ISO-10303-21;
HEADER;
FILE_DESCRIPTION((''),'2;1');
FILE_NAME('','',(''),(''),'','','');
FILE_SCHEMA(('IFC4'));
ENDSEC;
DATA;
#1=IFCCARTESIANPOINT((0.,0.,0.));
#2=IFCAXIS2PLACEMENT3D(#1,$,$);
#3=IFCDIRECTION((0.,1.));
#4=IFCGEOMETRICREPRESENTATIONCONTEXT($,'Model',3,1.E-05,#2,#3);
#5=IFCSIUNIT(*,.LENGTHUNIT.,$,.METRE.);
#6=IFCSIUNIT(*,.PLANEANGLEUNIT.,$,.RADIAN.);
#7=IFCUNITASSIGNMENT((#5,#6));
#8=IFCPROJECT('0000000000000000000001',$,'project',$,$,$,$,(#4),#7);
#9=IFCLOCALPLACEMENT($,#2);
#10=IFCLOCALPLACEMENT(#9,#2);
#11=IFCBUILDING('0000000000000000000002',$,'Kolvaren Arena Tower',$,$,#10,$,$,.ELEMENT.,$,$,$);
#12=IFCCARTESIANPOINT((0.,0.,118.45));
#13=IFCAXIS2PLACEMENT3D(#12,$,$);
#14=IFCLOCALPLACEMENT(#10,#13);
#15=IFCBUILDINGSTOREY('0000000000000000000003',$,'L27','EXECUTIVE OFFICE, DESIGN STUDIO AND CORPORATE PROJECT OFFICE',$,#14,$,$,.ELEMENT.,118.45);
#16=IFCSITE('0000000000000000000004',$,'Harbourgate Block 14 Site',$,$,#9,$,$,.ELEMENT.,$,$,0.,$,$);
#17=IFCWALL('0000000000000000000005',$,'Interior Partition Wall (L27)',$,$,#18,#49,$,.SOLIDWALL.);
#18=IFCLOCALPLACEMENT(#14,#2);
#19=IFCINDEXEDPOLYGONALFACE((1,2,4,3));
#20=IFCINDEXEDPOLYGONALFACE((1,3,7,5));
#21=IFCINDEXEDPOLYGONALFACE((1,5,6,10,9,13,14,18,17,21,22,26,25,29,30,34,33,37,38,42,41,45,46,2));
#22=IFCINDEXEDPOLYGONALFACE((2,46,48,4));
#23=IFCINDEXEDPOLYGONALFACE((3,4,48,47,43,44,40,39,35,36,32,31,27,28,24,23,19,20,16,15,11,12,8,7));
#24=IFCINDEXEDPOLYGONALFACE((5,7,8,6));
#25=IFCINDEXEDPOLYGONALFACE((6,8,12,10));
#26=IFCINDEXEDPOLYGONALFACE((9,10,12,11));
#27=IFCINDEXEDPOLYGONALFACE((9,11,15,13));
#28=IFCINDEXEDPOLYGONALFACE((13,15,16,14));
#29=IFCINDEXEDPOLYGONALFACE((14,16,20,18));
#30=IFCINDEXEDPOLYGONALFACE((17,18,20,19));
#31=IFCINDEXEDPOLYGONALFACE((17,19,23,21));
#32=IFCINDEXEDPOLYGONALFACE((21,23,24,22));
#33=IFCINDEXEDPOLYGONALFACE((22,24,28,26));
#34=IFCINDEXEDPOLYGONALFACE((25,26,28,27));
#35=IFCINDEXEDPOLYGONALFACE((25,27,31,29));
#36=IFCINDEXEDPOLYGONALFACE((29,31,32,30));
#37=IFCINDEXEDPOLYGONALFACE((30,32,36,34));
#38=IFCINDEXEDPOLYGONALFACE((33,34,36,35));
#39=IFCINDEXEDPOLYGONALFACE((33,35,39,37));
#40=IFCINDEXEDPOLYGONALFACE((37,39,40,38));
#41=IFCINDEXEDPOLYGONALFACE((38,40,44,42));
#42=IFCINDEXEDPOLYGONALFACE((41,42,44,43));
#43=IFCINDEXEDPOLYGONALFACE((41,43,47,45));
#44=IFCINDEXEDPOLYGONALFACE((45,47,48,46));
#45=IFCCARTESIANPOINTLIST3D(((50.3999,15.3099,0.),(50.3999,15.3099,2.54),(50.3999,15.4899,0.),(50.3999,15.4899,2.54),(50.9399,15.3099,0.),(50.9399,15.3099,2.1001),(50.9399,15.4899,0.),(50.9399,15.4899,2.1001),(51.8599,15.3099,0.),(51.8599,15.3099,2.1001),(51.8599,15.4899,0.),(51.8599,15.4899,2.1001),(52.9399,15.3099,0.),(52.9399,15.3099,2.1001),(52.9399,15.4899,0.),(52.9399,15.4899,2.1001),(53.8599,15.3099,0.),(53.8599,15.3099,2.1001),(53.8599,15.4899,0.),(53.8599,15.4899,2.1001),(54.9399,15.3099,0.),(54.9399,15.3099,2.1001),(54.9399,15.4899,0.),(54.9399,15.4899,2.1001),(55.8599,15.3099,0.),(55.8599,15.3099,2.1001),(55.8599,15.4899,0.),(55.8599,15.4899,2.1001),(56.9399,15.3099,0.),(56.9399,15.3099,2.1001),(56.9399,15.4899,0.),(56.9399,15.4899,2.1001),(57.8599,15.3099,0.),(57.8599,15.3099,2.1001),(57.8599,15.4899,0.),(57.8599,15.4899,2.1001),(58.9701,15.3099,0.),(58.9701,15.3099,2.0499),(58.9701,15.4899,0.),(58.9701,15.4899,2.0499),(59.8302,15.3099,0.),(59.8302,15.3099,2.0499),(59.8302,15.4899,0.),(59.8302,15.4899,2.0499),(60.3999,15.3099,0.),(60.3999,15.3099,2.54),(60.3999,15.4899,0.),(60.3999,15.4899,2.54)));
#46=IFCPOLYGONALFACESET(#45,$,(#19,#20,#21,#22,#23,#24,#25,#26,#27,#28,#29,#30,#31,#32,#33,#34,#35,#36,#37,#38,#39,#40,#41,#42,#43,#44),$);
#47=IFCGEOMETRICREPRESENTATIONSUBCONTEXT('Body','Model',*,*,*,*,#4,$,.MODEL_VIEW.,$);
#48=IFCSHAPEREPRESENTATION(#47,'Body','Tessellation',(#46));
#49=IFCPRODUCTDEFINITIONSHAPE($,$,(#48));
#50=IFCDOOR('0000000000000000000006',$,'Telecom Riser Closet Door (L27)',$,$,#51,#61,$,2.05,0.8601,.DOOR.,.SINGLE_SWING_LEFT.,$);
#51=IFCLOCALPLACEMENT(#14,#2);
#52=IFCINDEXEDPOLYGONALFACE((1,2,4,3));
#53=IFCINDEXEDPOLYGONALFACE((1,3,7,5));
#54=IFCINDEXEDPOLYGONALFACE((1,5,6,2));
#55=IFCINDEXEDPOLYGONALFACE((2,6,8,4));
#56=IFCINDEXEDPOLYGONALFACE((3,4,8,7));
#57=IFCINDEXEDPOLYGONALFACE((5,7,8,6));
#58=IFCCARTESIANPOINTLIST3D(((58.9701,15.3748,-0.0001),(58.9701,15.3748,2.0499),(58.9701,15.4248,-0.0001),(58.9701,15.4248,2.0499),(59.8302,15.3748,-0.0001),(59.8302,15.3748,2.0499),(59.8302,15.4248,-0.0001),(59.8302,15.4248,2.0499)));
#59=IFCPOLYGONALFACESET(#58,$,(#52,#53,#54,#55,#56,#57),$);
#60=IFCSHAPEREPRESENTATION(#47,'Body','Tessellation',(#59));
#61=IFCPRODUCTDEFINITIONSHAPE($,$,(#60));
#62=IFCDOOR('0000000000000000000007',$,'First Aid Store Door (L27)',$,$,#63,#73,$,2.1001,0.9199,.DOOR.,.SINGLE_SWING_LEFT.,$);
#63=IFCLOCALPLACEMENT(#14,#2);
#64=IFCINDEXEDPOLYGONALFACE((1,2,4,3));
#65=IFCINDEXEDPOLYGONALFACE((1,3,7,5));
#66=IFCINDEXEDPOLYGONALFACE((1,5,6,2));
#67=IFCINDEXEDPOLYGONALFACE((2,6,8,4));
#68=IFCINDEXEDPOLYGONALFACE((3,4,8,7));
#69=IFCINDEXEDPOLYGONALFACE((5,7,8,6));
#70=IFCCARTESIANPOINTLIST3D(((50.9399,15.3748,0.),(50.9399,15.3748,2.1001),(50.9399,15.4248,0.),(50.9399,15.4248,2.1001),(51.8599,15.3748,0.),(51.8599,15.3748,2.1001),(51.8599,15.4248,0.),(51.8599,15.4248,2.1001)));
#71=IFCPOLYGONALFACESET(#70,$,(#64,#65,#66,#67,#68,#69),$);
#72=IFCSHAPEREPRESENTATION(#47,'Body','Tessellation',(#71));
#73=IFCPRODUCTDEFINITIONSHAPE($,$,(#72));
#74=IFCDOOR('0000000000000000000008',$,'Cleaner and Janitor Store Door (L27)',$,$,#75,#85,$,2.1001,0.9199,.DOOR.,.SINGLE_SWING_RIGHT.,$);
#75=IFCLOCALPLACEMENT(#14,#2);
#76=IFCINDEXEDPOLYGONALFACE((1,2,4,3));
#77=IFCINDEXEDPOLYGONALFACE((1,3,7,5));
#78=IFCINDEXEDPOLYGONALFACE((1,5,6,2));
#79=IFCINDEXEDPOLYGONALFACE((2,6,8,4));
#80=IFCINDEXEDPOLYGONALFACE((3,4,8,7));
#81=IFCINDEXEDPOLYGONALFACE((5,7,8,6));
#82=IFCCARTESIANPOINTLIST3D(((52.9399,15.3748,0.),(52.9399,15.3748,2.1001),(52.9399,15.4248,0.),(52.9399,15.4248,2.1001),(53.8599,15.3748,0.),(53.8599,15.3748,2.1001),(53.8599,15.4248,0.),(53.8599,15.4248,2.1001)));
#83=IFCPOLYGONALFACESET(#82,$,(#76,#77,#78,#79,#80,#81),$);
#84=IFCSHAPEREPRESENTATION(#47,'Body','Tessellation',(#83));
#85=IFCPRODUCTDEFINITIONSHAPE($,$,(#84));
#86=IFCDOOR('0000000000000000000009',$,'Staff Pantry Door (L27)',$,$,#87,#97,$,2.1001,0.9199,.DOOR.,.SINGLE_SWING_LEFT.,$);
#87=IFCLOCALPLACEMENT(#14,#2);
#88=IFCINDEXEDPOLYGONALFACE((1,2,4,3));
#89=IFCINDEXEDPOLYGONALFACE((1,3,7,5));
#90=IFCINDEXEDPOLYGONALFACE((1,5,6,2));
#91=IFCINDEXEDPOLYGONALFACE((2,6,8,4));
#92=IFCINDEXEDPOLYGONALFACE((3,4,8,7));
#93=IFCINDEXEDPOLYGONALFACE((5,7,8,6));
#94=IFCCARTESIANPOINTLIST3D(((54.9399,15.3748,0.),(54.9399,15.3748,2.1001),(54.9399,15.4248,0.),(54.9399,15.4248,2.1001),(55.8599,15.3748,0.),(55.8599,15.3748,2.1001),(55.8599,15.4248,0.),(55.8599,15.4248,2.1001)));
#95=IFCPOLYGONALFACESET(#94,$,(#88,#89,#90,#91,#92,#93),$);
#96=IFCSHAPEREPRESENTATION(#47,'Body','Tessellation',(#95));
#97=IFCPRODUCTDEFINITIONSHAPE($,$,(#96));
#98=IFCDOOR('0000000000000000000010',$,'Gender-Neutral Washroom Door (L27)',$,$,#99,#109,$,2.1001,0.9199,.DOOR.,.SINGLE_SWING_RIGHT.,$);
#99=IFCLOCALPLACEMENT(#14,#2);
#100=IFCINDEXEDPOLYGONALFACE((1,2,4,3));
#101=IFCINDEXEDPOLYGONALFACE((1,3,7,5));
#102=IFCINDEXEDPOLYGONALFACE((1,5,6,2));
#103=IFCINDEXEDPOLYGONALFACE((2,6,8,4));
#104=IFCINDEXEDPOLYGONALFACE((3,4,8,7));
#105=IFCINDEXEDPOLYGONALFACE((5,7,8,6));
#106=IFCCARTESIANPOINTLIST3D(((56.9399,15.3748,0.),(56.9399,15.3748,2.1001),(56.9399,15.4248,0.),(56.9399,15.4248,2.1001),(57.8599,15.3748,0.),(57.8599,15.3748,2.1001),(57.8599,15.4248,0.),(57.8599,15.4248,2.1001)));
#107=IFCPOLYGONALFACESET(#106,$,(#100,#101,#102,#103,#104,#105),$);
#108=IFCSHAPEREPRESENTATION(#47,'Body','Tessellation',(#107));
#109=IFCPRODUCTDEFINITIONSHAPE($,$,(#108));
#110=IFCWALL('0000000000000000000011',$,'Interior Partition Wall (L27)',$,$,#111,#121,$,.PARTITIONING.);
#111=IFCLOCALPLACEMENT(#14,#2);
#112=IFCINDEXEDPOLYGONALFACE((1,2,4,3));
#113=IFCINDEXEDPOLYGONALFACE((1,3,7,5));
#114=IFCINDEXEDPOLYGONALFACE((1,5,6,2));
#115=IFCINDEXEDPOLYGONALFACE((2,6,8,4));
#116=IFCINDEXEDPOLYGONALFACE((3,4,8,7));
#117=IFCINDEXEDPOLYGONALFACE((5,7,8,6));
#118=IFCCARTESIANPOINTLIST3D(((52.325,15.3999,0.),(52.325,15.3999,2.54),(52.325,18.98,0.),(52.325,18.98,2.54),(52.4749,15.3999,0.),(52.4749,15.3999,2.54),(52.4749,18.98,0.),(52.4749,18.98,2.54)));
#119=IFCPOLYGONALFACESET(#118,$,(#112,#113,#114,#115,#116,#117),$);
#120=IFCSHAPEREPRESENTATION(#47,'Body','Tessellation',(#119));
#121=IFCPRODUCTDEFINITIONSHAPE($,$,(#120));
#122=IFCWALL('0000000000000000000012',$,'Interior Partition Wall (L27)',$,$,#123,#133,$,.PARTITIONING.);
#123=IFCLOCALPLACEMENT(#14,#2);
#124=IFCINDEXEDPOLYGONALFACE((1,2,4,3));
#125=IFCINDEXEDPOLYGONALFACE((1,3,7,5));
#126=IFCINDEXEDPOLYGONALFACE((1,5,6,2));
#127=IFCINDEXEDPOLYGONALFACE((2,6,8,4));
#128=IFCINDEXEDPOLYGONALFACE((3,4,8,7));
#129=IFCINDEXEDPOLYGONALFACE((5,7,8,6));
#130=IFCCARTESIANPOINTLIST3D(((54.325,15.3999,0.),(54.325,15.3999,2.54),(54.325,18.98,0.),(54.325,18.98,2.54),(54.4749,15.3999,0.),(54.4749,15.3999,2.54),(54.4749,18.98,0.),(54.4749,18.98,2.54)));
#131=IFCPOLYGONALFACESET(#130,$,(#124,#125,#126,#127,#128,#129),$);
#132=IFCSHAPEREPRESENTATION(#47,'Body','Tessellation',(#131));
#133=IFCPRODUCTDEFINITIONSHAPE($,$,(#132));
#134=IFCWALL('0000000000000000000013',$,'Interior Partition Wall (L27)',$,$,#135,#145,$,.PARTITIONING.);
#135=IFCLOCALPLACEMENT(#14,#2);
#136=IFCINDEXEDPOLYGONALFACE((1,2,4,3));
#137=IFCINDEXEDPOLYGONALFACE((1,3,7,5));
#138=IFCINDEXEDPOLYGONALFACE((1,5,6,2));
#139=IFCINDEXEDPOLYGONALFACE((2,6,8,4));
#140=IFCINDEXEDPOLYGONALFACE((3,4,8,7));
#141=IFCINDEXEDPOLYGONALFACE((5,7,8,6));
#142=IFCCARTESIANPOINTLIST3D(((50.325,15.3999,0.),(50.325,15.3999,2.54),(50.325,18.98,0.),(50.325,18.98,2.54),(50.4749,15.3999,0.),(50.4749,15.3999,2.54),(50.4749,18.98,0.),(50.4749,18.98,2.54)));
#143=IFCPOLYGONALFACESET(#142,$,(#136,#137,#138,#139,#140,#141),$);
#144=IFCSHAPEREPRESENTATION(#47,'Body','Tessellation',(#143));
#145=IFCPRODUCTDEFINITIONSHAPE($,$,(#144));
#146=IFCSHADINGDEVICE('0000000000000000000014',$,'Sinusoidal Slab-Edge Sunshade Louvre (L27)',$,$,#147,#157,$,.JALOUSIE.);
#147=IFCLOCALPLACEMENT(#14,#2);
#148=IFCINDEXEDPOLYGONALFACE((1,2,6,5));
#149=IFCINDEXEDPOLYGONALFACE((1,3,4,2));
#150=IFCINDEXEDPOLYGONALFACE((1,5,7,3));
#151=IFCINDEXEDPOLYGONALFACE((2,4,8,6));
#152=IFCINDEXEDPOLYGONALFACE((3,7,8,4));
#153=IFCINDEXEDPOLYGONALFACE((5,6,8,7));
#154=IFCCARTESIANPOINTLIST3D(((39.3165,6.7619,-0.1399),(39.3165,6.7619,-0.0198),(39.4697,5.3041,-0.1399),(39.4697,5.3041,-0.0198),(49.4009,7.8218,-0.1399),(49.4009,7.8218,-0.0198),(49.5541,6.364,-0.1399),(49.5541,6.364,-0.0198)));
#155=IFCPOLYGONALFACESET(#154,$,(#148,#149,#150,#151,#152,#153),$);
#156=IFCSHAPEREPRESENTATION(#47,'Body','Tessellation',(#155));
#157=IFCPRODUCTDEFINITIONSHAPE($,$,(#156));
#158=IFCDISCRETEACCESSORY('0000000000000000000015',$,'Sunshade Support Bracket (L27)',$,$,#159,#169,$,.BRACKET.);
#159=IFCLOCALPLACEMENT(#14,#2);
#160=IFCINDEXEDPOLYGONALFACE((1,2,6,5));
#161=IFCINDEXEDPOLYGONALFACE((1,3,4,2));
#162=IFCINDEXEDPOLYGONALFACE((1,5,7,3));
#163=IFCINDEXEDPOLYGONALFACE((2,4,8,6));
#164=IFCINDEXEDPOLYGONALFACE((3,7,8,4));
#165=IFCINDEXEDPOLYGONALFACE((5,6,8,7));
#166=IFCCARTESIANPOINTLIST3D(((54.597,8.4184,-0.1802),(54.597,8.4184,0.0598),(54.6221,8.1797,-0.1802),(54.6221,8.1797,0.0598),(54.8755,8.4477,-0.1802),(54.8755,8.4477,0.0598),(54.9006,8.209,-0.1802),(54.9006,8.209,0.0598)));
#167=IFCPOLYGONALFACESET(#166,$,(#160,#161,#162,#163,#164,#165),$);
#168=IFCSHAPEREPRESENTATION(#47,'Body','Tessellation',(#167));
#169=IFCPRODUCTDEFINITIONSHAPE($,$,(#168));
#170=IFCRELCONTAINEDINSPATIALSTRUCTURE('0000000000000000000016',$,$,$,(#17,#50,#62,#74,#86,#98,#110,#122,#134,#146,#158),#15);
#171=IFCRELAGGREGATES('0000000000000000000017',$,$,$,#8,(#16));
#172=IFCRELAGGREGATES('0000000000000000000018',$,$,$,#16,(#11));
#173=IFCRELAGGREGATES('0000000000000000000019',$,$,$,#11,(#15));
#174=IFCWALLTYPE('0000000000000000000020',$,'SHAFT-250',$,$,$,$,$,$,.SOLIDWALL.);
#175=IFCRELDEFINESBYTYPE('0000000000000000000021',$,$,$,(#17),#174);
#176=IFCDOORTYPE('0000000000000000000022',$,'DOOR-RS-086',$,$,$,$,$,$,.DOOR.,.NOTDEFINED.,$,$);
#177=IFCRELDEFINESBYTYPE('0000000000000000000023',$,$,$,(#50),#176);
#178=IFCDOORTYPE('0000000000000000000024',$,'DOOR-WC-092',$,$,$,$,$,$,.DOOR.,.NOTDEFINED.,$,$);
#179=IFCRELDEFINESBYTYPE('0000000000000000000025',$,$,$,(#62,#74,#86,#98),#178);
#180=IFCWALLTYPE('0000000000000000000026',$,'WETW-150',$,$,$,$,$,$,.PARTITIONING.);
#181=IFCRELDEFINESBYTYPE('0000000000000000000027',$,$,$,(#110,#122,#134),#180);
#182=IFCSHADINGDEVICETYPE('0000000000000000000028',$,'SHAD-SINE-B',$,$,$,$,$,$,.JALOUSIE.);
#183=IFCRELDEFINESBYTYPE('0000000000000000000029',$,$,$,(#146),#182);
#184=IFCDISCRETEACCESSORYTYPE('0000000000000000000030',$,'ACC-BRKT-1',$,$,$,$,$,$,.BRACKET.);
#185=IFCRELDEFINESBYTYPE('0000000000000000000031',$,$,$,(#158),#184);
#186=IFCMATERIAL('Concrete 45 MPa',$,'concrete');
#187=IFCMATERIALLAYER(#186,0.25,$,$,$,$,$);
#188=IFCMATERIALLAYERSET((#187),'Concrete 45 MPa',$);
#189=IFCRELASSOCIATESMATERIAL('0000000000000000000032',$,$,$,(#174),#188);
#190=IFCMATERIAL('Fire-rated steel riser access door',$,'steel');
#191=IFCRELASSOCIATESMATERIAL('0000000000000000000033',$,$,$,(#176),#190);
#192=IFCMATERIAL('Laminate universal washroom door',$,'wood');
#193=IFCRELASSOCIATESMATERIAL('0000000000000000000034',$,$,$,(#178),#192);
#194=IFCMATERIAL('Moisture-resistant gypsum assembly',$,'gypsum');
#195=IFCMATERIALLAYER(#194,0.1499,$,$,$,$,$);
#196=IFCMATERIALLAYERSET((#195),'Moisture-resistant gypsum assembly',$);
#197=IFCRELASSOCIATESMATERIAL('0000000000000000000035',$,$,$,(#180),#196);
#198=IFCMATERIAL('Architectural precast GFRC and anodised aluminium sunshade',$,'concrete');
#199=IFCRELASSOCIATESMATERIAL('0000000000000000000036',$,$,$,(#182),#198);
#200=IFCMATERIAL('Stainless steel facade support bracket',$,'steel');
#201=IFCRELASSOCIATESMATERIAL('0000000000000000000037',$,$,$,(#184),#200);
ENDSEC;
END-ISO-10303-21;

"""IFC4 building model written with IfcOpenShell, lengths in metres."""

from ifc_helpers import new_model, si_unit, direction, frame, frame_2d, origin, origin_2d, place, context, subcontext, project, spatial, rectangle, extrude, material, layer, layer_set, type_object, element, fill, save


model = new_model("IFC4")

# Units and contexts
model_context = context("Model", 3, precision=1e-05, world=origin(), true_north=direction((0.0, 1.0)))
body_context = subcontext(model_context, "Body", "Model", "MODEL_VIEW")
ifc_project = project(units=[si_unit("LENGTHUNIT", "METRE"), si_unit("PLANEANGLEUNIT", "RADIAN")], contexts=[model_context])

# Site, building, storey
site_placement = place(None, origin())
site = spatial("IfcSite", under=ifc_project, at=site_placement, Name="Harbourgate Block 14 Site", CompositionType="ELEMENT", RefElevation=0.0)
building_placement = place(site_placement, origin())
building = spatial("IfcBuilding", under=site, at=building_placement, Name="Kolvaren Arena Tower", CompositionType="ELEMENT")
storey_placement = place(building_placement, frame((0.0, 0.0, 118.45)))
storey = spatial("IfcBuildingStorey", under=building, at=storey_placement, Name="L27", Description="EXECUTIVE OFFICE, DESIGN STUDIO AND CORPORATE PROJECT OFFICE", CompositionType="ELEMENT", Elevation=118.45)

# Shared definitions
ifc_material_1 = material(Name="Concrete 45 MPa", Category="concrete")
ifc_layer_1 = layer(ifc_material_1, 0.25)
ifc_layer_set_1 = layer_set([ifc_layer_1], Name="Concrete 45 MPa")
wall_type_1 = type_object("IfcWallType", Name="SHAFT-250", PredefinedType="SOLIDWALL", material=ifc_layer_set_1)

# Wall, openings, doors
wall_1_placement = place(storey_placement, frame((50.3999, 15.3999, 0.0), z_axis=(0.0, 0.0, 1.0), x_axis=(1.0, 0.0, 0.0)))
wall_1 = element("IfcWall", 1, at=wall_1_placement, inside=storey, type_object=wall_type_1, Name="Interior Partition Wall (L27)", PredefinedType="SOLIDWALL", context=body_context, shape_type="SweptSolid", body=[
    extrude(rectangle(XDim=10.0, YDim=0.1799, at=frame_2d((5.0, 0.0))), origin(), (0.0, 0.0, 1.0), 2.54),
])
opening_1_placement = place(wall_1_placement, frame((0.54, 0.0, 0.0)))
opening_1 = element("IfcOpeningElement", 2, at=opening_1_placement, cuts=wall_1, PredefinedType="OPENING", context=body_context, shape_type="SweptSolid", body=[
    extrude(rectangle(XDim=0.9199, YDim=2.1001, at=frame_2d((0.46, 1.05))), frame((0.0, 0.0999, 0.0), z_axis=(0.0, -1.0, 0.0), x_axis=(1.0, 0.0, 0.0)), (0.0, 0.0, 1.0), 0.2),
])
opening_2_placement = place(wall_1_placement, frame((2.54, 0.0, 0.0)))
opening_2 = element("IfcOpeningElement", 3, at=opening_2_placement, cuts=wall_1, PredefinedType="OPENING", context=body_context, shape_type="SweptSolid", body=[
    extrude(rectangle(XDim=0.9199, YDim=2.1001, at=frame_2d((0.46, 1.05))), frame((0.0, 0.0999, 0.0), z_axis=(0.0, -1.0, 0.0), x_axis=(1.0, 0.0, 0.0)), (0.0, 0.0, 1.0), 0.2),
])
opening_3_placement = place(wall_1_placement, frame((4.54, 0.0, 0.0)))
opening_3 = element("IfcOpeningElement", 4, at=opening_3_placement, cuts=wall_1, PredefinedType="OPENING", context=body_context, shape_type="SweptSolid", body=[
    extrude(rectangle(XDim=0.9199, YDim=2.1001, at=frame_2d((0.46, 1.05))), frame((0.0, 0.0999, 0.0), z_axis=(0.0, -1.0, 0.0), x_axis=(1.0, 0.0, 0.0)), (0.0, 0.0, 1.0), 0.2),
])
opening_4_placement = place(wall_1_placement, frame((6.54, 0.0, 0.0)))
opening_4 = element("IfcOpeningElement", 5, at=opening_4_placement, cuts=wall_1, PredefinedType="OPENING", context=body_context, shape_type="SweptSolid", body=[
    extrude(rectangle(XDim=0.9199, YDim=2.1001, at=frame_2d((0.46, 1.05))), frame((0.0, 0.0999, 0.0), z_axis=(0.0, -1.0, 0.0), x_axis=(1.0, 0.0, 0.0)), (0.0, 0.0, 1.0), 0.2),
])
opening_5_placement = place(wall_1_placement, frame((8.5701, 0.0, 0.0)))
opening_5 = element("IfcOpeningElement", 6, at=opening_5_placement, cuts=wall_1, PredefinedType="OPENING", context=body_context, shape_type="SweptSolid", body=[
    extrude(rectangle(XDim=0.8601, YDim=2.05, at=frame_2d((0.4302, 1.0249))), frame((0.0, 0.0999, 0.0), z_axis=(0.0, -1.0, 0.0), x_axis=(1.0, 0.0, 0.0)), (0.0, 0.0, 1.0), 0.2),
])
ifc_material_2 = material(Name="Fire-rated steel riser access door", Category="steel")
door_type_1 = type_object("IfcDoorType", Name="DOOR-RS-086", OperationType="NOTDEFINED", PredefinedType="DOOR", material=ifc_material_2)
door_1_placement = place(opening_5_placement, origin())
door_1 = element("IfcDoor", 7, at=door_1_placement, inside=storey, type_object=door_type_1, Name="Telecom Riser Closet Door (L27)", OperationType="SINGLE_SWING_LEFT", OverallHeight=2.05, OverallWidth=0.8601, PredefinedType="DOOR", context=body_context, shape_type="SweptSolid", body=[
    extrude(rectangle(XDim=0.8601, YDim=2.05, at=frame_2d((0.4302, 1.0249))), frame((0.0, 0.0249, 0.0), z_axis=(0.0, -1.0, 0.0), x_axis=(1.0, 0.0, 0.0)), (0.0, 0.0, 1.0), 0.05),
])
fill(opening_5, door_1)
ifc_material_3 = material(Name="Laminate universal washroom door", Category="wood")
door_type_2 = type_object("IfcDoorType", Name="DOOR-WC-092", OperationType="NOTDEFINED", PredefinedType="DOOR", material=ifc_material_3)
door_2_placement = place(opening_1_placement, origin())
door_2 = element("IfcDoor", 8, at=door_2_placement, inside=storey, type_object=door_type_2, Name="First Aid Store Door (L27)", OperationType="SINGLE_SWING_LEFT", OverallHeight=2.1001, OverallWidth=0.9199, PredefinedType="DOOR", context=body_context, shape_type="SweptSolid", body=[
    extrude(rectangle(XDim=0.9199, YDim=2.1001, at=frame_2d((0.46, 1.05))), frame((0.0, 0.0249, 0.0), z_axis=(0.0, -1.0, 0.0), x_axis=(1.0, 0.0, 0.0)), (0.0, 0.0, 1.0), 0.05),
])
fill(opening_1, door_2)
door_3_placement = place(opening_2_placement, origin())
door_3 = element("IfcDoor", 9, at=door_3_placement, inside=storey, type_object=door_type_2, Name="Cleaner and Janitor Store Door (L27)", OperationType="SINGLE_SWING_RIGHT", OverallHeight=2.1001, OverallWidth=0.9199, PredefinedType="DOOR", context=body_context, shape_type="SweptSolid", body=[
    extrude(rectangle(XDim=0.9199, YDim=2.1001, at=frame_2d((0.46, 1.05))), frame((0.0, 0.0249, 0.0), z_axis=(0.0, -1.0, 0.0), x_axis=(1.0, 0.0, 0.0)), (0.0, 0.0, 1.0), 0.05),
])
fill(opening_2, door_3)
door_4_placement = place(opening_3_placement, origin())
door_4 = element("IfcDoor", 10, at=door_4_placement, inside=storey, type_object=door_type_2, Name="Staff Pantry Door (L27)", OperationType="SINGLE_SWING_LEFT", OverallHeight=2.1001, OverallWidth=0.9199, PredefinedType="DOOR", context=body_context, shape_type="SweptSolid", body=[
    extrude(rectangle(XDim=0.9199, YDim=2.1001, at=frame_2d((0.46, 1.05))), frame((0.0, 0.0249, 0.0), z_axis=(0.0, -1.0, 0.0), x_axis=(1.0, 0.0, 0.0)), (0.0, 0.0, 1.0), 0.05),
])
fill(opening_3, door_4)
door_5_placement = place(opening_4_placement, origin())
door_5 = element("IfcDoor", 11, at=door_5_placement, inside=storey, type_object=door_type_2, Name="Gender-Neutral Washroom Door (L27)", OperationType="SINGLE_SWING_RIGHT", OverallHeight=2.1001, OverallWidth=0.9199, PredefinedType="DOOR", context=body_context, shape_type="SweptSolid", body=[
    extrude(rectangle(XDim=0.9199, YDim=2.1001, at=frame_2d((0.46, 1.05))), frame((0.0, 0.0249, 0.0), z_axis=(0.0, -1.0, 0.0), x_axis=(1.0, 0.0, 0.0)), (0.0, 0.0, 1.0), 0.05),
])
fill(opening_4, door_5)

# Walls
ifc_material_4 = material(Name="Moisture-resistant gypsum assembly", Category="gypsum")
ifc_layer_2 = layer(ifc_material_4, 0.1499)
ifc_layer_set_2 = layer_set([ifc_layer_2], Name="Moisture-resistant gypsum assembly")
wall_type_2 = type_object("IfcWallType", Name="WETW-150", PredefinedType="PARTITIONING", material=ifc_layer_set_2)
for number, where, z_axis, x_axis, name in (
    (12, (52.3999, 15.3999, 0.0), (0.0, 0.0, 1.0), (0.0, 1.0, 0.0), "Interior Partition Wall (L27)"),
    (13, (54.3999, 15.3999, 0.0), (0.0, 0.0, 1.0), (0.0, 1.0, 0.0), "Interior Partition Wall (L27)"),
    (14, (50.3999, 15.3999, 0.0), (0.0, 0.0, 1.0), (0.0, 1.0, 0.0), "Interior Partition Wall (L27)"),
):
    element("IfcWall", number, at=place(storey_placement, frame(where, z_axis=z_axis, x_axis=x_axis)), inside=storey, type_object=wall_type_2, Name=name, PredefinedType="PARTITIONING", context=body_context, shape_type="SweptSolid", body=[
        extrude(rectangle(XDim=3.5801, YDim=0.1499, at=frame_2d((1.79, 0.0))), origin(), (0.0, 0.0, 1.0), 2.54),
    ])

# Shading device
ifc_material_5 = material(Name="Architectural precast GFRC and anodised aluminium sunshade", Category="concrete")
shading_device_type = type_object("IfcShadingDeviceType", Name="SHAD-SINE-B", PredefinedType="JALOUSIE", material=ifc_material_5)
shading_device_placement = place(storey_placement, frame((44.4353, 6.563, -0.1399), z_axis=(0.0, 0.0, 1.0), x_axis=(-0.994522, -0.104527, 0.0)))
element("IfcShadingDevice", 15, at=shading_device_placement, inside=storey, type_object=shading_device_type, Name="Sinusoidal Slab-Edge Sunshade Louvre (L27)", PredefinedType="JALOUSIE", context=body_context, shape_type="SweptSolid", body=[
    extrude(rectangle(XDim=10.1399, YDim=1.4658, at=origin_2d()), origin(), (0.0, 0.0, 1.0), 0.1201),
])

# Discrete accessory
ifc_material_6 = material(Name="Stainless steel facade support bracket", Category="steel")
discrete_accessory_type = type_object("IfcDiscreteAccessoryType", Name="ACC-BRKT-1", PredefinedType="BRACKET", material=ifc_material_6)
for number, where, z_axis, x_axis, name in (
    (16, (54.7488, 8.3137, -0.1802), (0.0, 0.0, 1.0), (-0.994522, -0.104527, 0.0), "Sunshade Support Bracket (L27)"),
):
    element("IfcDiscreteAccessory", number, at=place(storey_placement, frame(where, z_axis=z_axis, x_axis=x_axis)), inside=storey, type_object=discrete_accessory_type, Name=name, PredefinedType="BRACKET", context=body_context, shape_type="SweptSolid", body=[
        extrude(rectangle(XDim=0.28, YDim=0.24, at=origin_2d()), origin(), (0.0, 0.0, 1.0), 0.24),
    ])

save(model, "model.ifc")
